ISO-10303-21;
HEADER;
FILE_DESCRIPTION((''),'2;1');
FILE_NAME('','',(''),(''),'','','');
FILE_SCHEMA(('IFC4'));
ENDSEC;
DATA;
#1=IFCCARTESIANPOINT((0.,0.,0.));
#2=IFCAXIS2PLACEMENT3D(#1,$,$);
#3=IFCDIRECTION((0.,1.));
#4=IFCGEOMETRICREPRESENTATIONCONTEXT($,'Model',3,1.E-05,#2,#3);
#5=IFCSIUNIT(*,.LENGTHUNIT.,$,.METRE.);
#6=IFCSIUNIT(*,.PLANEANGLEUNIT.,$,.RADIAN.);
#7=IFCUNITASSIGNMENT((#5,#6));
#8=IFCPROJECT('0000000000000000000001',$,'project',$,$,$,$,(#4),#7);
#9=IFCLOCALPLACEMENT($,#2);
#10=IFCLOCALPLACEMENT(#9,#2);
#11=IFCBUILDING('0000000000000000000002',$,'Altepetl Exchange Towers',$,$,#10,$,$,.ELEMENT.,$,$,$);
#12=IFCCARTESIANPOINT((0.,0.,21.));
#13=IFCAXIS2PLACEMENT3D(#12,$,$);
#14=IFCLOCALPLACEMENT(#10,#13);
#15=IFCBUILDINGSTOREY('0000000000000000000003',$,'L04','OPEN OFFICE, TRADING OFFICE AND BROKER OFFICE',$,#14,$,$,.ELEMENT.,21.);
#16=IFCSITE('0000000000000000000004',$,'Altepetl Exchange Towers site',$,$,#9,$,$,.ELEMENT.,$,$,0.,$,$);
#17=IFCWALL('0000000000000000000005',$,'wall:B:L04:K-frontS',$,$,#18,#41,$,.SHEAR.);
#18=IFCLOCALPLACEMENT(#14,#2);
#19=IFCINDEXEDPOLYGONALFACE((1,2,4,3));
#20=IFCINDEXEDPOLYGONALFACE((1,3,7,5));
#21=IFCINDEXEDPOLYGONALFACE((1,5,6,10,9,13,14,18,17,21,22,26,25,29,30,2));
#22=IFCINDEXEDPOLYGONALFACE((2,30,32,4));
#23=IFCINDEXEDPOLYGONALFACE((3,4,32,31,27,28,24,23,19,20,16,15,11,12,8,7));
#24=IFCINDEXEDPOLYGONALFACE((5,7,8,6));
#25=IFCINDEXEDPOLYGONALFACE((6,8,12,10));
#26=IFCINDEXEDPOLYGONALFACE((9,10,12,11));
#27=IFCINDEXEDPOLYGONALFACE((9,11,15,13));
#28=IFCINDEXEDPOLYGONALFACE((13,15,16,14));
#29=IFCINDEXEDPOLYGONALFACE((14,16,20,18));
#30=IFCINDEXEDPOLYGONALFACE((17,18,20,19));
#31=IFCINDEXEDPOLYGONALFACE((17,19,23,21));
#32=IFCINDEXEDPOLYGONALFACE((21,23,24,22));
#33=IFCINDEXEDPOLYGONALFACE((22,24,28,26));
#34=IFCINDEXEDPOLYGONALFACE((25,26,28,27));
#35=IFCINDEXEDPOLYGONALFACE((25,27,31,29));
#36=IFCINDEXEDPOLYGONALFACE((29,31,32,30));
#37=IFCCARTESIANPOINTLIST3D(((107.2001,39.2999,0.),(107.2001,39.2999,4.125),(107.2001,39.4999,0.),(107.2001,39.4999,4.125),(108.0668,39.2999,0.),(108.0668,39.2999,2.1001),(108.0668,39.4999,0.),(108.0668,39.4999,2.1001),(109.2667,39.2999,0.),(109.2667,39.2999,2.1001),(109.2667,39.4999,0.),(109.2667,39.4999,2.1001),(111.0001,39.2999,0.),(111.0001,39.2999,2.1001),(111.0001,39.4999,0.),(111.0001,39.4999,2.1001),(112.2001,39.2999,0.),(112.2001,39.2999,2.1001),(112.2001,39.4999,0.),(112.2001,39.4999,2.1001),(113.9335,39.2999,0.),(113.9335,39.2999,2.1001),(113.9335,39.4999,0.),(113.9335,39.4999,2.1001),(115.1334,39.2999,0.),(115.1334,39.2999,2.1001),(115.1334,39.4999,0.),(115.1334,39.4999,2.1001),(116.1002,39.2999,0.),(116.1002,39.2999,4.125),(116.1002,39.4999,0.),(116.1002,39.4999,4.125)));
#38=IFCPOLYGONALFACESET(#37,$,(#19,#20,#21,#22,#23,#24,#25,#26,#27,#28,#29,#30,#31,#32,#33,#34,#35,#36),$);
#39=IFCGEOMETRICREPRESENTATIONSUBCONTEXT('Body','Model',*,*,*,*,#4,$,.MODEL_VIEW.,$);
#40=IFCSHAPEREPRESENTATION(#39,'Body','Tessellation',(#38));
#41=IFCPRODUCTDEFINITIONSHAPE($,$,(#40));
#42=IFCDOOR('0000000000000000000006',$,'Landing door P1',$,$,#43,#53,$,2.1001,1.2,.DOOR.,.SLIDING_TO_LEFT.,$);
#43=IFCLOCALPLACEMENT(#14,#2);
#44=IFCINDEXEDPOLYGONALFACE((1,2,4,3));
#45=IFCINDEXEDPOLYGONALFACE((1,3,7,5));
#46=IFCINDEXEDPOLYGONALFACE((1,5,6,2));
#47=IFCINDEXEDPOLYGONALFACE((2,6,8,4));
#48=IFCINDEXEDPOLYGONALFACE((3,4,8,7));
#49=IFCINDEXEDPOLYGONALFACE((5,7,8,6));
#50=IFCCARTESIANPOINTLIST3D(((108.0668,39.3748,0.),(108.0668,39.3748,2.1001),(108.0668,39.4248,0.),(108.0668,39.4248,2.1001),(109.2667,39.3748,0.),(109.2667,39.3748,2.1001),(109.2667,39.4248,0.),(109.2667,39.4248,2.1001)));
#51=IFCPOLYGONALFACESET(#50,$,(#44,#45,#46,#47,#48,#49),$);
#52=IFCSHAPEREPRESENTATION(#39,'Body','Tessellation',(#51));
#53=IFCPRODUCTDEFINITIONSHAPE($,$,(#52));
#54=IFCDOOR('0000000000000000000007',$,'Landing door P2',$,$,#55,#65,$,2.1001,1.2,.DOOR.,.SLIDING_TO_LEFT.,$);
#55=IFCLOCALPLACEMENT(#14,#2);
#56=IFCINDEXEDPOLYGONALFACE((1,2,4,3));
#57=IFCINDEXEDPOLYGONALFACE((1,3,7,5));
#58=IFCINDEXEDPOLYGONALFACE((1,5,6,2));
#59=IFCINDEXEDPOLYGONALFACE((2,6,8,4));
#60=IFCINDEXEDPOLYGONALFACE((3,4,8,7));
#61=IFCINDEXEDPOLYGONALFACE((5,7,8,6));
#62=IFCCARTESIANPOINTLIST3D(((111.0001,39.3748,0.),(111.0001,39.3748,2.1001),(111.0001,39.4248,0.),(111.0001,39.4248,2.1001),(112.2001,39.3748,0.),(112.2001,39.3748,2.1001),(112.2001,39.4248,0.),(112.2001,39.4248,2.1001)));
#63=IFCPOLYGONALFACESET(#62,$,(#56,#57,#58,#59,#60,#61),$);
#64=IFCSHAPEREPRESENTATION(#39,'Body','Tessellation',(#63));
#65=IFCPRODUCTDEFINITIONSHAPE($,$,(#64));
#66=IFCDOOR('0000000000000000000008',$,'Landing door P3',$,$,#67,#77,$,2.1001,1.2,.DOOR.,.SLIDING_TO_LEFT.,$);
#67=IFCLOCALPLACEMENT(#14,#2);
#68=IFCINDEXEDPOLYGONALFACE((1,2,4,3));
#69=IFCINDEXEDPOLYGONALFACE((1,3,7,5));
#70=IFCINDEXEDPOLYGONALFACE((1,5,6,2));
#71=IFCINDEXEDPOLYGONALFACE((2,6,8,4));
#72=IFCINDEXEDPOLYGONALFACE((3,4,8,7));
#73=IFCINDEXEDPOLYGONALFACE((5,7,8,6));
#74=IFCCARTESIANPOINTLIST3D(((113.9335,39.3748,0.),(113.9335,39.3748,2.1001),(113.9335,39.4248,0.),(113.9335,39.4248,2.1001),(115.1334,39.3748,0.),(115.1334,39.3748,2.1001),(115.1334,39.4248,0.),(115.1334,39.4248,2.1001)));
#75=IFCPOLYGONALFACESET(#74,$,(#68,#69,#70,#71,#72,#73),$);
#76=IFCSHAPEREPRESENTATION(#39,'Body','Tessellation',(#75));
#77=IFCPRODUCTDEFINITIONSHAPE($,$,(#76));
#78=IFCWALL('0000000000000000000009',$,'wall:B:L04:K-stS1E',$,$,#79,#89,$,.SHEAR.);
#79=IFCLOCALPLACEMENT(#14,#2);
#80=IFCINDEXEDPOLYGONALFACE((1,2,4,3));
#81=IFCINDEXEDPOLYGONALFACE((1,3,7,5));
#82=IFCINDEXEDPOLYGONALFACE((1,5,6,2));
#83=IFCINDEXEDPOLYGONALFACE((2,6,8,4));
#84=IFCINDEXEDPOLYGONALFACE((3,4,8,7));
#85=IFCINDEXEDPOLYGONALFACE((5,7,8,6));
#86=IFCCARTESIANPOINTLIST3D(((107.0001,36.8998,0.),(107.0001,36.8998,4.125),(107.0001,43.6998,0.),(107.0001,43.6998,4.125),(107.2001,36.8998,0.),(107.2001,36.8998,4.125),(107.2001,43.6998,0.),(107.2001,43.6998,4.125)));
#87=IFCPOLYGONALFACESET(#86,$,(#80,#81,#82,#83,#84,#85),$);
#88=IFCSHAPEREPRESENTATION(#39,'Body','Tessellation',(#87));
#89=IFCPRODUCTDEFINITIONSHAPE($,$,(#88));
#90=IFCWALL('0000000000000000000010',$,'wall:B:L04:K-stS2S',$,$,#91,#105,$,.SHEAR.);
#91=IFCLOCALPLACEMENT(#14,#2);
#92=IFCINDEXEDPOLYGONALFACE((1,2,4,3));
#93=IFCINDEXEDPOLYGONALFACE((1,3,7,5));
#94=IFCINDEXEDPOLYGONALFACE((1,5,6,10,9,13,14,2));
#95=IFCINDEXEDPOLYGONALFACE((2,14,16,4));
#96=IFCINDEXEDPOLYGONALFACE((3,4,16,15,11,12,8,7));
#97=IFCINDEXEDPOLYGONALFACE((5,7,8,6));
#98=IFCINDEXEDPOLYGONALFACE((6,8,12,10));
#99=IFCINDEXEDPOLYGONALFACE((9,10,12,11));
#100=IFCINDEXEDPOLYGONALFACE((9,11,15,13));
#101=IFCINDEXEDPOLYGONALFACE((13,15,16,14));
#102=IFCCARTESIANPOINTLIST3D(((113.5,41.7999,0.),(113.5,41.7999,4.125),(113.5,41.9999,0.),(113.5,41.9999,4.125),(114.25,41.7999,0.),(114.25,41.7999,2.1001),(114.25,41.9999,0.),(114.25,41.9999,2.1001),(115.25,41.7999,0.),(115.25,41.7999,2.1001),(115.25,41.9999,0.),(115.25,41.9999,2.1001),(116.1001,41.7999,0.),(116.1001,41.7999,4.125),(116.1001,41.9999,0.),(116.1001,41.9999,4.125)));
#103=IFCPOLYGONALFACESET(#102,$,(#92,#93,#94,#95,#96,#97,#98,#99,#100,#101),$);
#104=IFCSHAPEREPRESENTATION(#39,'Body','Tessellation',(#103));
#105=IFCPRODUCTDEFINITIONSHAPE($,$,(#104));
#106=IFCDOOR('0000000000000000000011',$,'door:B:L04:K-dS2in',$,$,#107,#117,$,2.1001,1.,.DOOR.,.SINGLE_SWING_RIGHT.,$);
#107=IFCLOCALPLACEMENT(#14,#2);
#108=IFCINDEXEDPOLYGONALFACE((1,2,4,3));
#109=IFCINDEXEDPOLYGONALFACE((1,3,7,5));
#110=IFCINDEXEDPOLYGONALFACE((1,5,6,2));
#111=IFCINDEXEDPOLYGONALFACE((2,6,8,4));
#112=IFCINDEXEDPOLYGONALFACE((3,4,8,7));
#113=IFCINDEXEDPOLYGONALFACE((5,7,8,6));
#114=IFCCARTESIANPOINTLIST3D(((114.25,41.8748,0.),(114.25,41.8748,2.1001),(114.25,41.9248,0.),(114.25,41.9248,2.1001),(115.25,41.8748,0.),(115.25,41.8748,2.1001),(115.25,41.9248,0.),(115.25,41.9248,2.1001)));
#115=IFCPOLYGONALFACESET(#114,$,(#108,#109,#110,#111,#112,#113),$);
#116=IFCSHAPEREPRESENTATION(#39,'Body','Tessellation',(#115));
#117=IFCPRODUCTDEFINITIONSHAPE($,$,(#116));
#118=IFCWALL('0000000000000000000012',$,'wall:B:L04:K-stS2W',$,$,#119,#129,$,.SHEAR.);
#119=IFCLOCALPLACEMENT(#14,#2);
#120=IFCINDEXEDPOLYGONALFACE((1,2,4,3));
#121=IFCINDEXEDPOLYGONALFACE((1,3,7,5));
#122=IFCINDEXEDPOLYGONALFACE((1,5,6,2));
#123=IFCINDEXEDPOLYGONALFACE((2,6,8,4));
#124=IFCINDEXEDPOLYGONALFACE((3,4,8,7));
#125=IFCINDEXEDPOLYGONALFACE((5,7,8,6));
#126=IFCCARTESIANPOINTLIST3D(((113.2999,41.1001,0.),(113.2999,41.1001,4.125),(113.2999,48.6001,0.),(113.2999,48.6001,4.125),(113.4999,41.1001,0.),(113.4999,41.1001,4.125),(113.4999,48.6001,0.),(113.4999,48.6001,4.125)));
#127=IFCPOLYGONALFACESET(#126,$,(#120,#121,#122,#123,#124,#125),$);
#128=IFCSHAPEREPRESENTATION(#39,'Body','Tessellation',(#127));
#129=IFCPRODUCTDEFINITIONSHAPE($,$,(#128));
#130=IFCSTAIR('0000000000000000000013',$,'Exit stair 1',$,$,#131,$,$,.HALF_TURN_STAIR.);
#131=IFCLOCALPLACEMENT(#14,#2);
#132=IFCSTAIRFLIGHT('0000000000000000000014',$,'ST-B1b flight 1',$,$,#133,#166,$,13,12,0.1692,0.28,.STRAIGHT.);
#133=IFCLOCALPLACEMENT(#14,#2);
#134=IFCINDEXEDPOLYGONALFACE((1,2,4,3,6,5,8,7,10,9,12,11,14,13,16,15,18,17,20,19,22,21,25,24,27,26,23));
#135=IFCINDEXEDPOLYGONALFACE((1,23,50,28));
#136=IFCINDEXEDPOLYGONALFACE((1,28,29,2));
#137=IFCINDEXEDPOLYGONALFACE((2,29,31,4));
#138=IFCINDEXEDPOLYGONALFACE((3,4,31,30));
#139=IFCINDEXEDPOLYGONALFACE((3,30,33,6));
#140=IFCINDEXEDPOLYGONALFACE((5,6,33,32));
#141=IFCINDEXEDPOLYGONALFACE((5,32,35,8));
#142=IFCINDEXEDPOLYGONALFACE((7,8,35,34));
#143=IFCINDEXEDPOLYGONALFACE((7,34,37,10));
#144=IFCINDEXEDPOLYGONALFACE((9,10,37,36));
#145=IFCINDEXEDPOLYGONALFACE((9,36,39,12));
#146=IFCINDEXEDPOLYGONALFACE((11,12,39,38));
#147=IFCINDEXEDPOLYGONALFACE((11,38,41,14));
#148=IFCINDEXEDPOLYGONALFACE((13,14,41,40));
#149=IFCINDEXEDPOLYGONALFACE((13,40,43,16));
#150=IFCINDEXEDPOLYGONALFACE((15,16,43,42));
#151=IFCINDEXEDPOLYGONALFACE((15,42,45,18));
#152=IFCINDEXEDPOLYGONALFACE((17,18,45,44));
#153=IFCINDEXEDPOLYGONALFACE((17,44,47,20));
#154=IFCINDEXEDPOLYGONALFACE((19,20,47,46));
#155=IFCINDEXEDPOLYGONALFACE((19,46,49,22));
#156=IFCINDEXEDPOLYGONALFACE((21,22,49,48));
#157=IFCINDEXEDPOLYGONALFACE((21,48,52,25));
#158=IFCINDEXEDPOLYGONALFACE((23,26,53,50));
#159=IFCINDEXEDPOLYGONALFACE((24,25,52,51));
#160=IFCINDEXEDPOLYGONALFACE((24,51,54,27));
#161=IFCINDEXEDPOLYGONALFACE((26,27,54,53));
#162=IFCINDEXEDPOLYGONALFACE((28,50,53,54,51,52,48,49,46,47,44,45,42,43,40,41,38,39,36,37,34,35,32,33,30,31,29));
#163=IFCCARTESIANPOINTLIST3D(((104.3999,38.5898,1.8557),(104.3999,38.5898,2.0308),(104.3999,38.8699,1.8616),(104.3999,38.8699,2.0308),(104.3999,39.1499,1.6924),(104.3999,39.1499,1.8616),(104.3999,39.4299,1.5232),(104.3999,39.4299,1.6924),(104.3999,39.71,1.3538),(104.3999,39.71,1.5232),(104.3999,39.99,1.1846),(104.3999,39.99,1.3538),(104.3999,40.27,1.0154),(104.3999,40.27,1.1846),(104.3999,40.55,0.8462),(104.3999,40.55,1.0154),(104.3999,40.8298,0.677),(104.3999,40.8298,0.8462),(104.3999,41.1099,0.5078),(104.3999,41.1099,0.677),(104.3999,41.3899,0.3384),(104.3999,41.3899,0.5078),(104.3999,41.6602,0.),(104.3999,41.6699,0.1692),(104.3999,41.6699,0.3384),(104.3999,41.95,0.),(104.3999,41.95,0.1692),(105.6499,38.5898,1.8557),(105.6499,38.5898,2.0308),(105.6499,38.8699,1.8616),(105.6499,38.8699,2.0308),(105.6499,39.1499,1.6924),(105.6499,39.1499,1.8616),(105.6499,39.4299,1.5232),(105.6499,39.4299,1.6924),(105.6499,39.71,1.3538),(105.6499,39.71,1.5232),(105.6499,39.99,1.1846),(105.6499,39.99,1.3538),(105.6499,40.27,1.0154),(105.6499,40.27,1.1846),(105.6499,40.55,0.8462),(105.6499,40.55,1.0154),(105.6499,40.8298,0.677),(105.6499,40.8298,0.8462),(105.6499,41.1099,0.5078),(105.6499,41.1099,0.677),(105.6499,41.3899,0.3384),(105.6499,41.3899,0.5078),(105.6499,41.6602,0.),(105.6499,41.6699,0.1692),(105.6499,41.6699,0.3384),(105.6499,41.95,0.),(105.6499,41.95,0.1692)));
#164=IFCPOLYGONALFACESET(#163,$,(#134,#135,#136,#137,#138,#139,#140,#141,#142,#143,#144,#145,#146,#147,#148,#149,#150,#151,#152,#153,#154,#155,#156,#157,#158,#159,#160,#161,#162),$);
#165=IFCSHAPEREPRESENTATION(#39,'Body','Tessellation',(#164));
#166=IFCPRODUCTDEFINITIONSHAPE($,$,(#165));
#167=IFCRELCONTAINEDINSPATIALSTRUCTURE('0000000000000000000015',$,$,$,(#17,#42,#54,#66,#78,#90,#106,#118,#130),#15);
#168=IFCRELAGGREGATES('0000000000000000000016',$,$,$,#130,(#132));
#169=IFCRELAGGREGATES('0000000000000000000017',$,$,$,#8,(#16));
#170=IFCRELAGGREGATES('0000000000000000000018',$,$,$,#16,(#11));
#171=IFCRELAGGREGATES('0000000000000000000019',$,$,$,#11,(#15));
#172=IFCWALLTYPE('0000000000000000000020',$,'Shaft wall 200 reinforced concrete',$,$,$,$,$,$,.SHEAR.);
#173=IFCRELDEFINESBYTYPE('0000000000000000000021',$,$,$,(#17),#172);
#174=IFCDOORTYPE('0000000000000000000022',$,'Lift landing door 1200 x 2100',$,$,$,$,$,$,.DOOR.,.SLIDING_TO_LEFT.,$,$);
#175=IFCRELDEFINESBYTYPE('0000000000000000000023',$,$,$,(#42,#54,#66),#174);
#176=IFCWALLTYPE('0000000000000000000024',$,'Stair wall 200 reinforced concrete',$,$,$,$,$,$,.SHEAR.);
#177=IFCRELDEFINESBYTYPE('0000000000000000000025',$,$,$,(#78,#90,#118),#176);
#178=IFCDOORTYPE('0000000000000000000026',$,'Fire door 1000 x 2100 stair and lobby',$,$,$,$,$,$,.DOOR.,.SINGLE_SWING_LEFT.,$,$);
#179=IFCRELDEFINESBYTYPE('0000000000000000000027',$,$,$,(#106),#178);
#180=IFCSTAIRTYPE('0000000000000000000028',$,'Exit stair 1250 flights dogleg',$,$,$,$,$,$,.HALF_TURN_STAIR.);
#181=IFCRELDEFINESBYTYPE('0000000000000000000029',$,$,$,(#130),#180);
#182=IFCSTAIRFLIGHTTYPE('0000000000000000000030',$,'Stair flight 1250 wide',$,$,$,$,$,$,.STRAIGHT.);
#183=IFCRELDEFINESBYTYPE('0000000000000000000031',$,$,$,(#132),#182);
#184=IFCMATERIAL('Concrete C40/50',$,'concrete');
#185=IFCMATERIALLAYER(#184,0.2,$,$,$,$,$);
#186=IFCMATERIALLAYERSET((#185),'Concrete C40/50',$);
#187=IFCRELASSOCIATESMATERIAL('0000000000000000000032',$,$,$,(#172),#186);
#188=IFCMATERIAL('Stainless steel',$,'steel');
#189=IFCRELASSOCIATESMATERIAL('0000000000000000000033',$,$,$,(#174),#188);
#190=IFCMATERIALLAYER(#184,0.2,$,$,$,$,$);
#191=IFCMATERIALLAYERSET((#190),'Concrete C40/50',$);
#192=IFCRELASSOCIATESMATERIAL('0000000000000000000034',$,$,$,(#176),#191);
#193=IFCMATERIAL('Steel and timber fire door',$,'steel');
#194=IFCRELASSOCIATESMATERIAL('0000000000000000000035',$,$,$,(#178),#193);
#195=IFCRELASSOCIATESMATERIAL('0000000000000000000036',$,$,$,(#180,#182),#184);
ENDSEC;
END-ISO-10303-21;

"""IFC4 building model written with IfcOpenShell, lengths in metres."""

from ifc_helpers import new_model, si_unit, direction, frame, frame_2d, origin, place, context, subcontext, project, spatial, polyline, rectangle, outline, extrude, material, layer, layer_set, type_object, element, fill, aggregate, save


model = new_model("IFC4")

# Units and contexts
model_context = context("Model", 3, precision=1e-05, world=origin(), true_north=direction((0.0, 1.0)))
body_context = subcontext(model_context, "Body", "Model", "MODEL_VIEW")
ifc_project = project(units=[si_unit("LENGTHUNIT", "METRE"), si_unit("PLANEANGLEUNIT", "RADIAN")], contexts=[model_context])

# Site, building, storey
site_placement = place(None, origin())
site = spatial("IfcSite", under=ifc_project, at=site_placement, Name="Altepetl Exchange Towers site", CompositionType="ELEMENT", RefElevation=0.0)
building_placement = place(site_placement, origin())
building = spatial("IfcBuilding", under=site, at=building_placement, Name="Altepetl Exchange Towers", CompositionType="ELEMENT")
storey_placement = place(building_placement, frame((0.0, 0.0, 21.0)))
storey = spatial("IfcBuildingStorey", under=building, at=storey_placement, Name="L04", Description="OPEN OFFICE, TRADING OFFICE AND BROKER OFFICE", CompositionType="ELEMENT", Elevation=21.0)

# Shared definitions
ifc_material_1 = material(Name="Steel and timber fire door", Category="steel")

# Shared definitions
ifc_material_2 = material(Name="Concrete C40/50", Category="concrete")
ifc_layer_1 = layer(ifc_material_2, 0.2)
ifc_layer_set_1 = layer_set([ifc_layer_1], Name="Concrete C40/50")
wall_type_1 = type_object("IfcWallType", Name="Shaft wall 200 reinforced concrete", PredefinedType="SHEAR", material=ifc_layer_set_1)

# Wall, openings, doors
wall_1_placement = place(storey_placement, frame((107.2, 39.3999, 0.0)))
wall_1 = element("IfcWall", 1, at=wall_1_placement, inside=storey, type_object=wall_type_1, Name="wall:B:L04:K-frontS", PredefinedType="SHEAR", context=body_context, shape_type="SweptSolid", body=[
    extrude(rectangle(XDim=8.9001, YDim=0.2, at=frame_2d((4.4502, 0.0))), origin(), (0.0, 0.0, 1.0), 4.125),
])
opening_1_placement = place(wall_1_placement, frame((0.8667, 0.0, 0.0)))
opening_1 = element("IfcOpeningElement", 2, at=opening_1_placement, cuts=wall_1, PredefinedType="OPENING", context=body_context, shape_type="SweptSolid", body=[
    extrude(rectangle(XDim=1.2, YDim=2.1001, at=frame_2d((0.6001, 1.05))), frame((0.0, 0.1099, 0.0), z_axis=(0.0, -1.0, 0.0), x_axis=(1.0, 0.0, 0.0)), (0.0, 0.0, 1.0), 0.22),
])
opening_2_placement = place(wall_1_placement, frame((3.8, 0.0, 0.0)))
opening_2 = element("IfcOpeningElement", 3, at=opening_2_placement, cuts=wall_1, PredefinedType="OPENING", context=body_context, shape_type="SweptSolid", body=[
    extrude(rectangle(XDim=1.2, YDim=2.1001, at=frame_2d((0.6001, 1.05))), frame((0.0, 0.1099, 0.0), z_axis=(0.0, -1.0, 0.0), x_axis=(1.0, 0.0, 0.0)), (0.0, 0.0, 1.0), 0.22),
])
opening_3_placement = place(wall_1_placement, frame((6.7334, 0.0, 0.0)))
opening_3 = element("IfcOpeningElement", 4, at=opening_3_placement, cuts=wall_1, PredefinedType="OPENING", context=body_context, shape_type="SweptSolid", body=[
    extrude(rectangle(XDim=1.2, YDim=2.1001, at=frame_2d((0.6001, 1.05))), frame((0.0, 0.1099, 0.0), z_axis=(0.0, -1.0, 0.0), x_axis=(1.0, 0.0, 0.0)), (0.0, 0.0, 1.0), 0.22),
])
ifc_material_3 = material(Name="Stainless steel", Category="steel")
door_type_1 = type_object("IfcDoorType", Name="Lift landing door 1200 x 2100", OperationType="SLIDING_TO_LEFT", PredefinedType="DOOR", material=ifc_material_3)
door_1_placement = place(opening_1_placement, origin())
door_1 = element("IfcDoor", 5, at=door_1_placement, inside=storey, type_object=door_type_1, Name="Landing door P1", OperationType="SLIDING_TO_LEFT", OverallHeight=2.1001, OverallWidth=1.2, PredefinedType="DOOR", context=body_context, shape_type="SweptSolid", body=[
    extrude(rectangle(XDim=1.2, YDim=2.1001, at=frame_2d((0.6001, 1.05))), frame((0.0, 0.0249, 0.0), z_axis=(0.0, -1.0, 0.0), x_axis=(1.0, 0.0, 0.0)), (0.0, 0.0, 1.0), 0.05),
])
fill(opening_1, door_1)
door_2_placement = place(opening_2_placement, origin())
door_2 = element("IfcDoor", 6, at=door_2_placement, inside=storey, type_object=door_type_1, Name="Landing door P2", OperationType="SLIDING_TO_LEFT", OverallHeight=2.1001, OverallWidth=1.2, PredefinedType="DOOR", context=body_context, shape_type="SweptSolid", body=[
    extrude(rectangle(XDim=1.2, YDim=2.1001, at=frame_2d((0.6001, 1.05))), frame((0.0, 0.0249, 0.0), z_axis=(0.0, -1.0, 0.0), x_axis=(1.0, 0.0, 0.0)), (0.0, 0.0, 1.0), 0.05),
])
fill(opening_2, door_2)
door_3_placement = place(opening_3_placement, origin())
door_3 = element("IfcDoor", 7, at=door_3_placement, inside=storey, type_object=door_type_1, Name="Landing door P3", OperationType="SLIDING_TO_LEFT", OverallHeight=2.1001, OverallWidth=1.2, PredefinedType="DOOR", context=body_context, shape_type="SweptSolid", body=[
    extrude(rectangle(XDim=1.2, YDim=2.1001, at=frame_2d((0.6001, 1.05))), frame((0.0, 0.0249, 0.0), z_axis=(0.0, -1.0, 0.0), x_axis=(1.0, 0.0, 0.0)), (0.0, 0.0, 1.0), 0.05),
])
fill(opening_3, door_3)

# Wall
ifc_layer_2 = layer(ifc_material_2, 0.2)
ifc_layer_set_2 = layer_set([ifc_layer_2], Name="Concrete C40/50")
wall_type_2 = type_object("IfcWallType", Name="Stair wall 200 reinforced concrete", PredefinedType="SHEAR", material=ifc_layer_set_2)
wall_2_placement = place(storey_placement, frame((107.1001, 36.8999, 0.0), z_axis=(0.0, 0.0, 1.0), x_axis=(0.0, 1.0, 0.0)))
element("IfcWall", 8, at=wall_2_placement, inside=storey, type_object=wall_type_2, Name="wall:B:L04:K-stS1E", PredefinedType="SHEAR", context=body_context, shape_type="SweptSolid", body=[
    extrude(rectangle(XDim=6.8, YDim=0.2, at=frame_2d((3.3999, 0.0))), origin(), (0.0, 0.0, 1.0), 4.125),
])

# Wall, opening, door
wall_3_placement = place(storey_placement, frame((113.5, 41.8999, 0.0)))
wall_3 = element("IfcWall", 9, at=wall_3_placement, inside=storey, type_object=wall_type_2, Name="wall:B:L04:K-stS2S", PredefinedType="SHEAR", context=body_context, shape_type="SweptSolid", body=[
    extrude(rectangle(XDim=2.6001, YDim=0.2, at=frame_2d((1.3, 0.0))), origin(), (0.0, 0.0, 1.0), 4.125),
])
opening_4_placement = place(wall_3_placement, frame((0.75, 0.0, 0.0)))
opening_4 = element("IfcOpeningElement", 10, at=opening_4_placement, cuts=wall_3, PredefinedType="OPENING", context=body_context, shape_type="SweptSolid", body=[
    extrude(rectangle(XDim=1.0, YDim=2.1001, at=frame_2d((0.5, 1.05))), frame((0.0, 0.1099, 0.0), z_axis=(0.0, -1.0, 0.0), x_axis=(1.0, 0.0, 0.0)), (0.0, 0.0, 1.0), 0.22),
])
door_type_2 = type_object("IfcDoorType", Name="Fire door 1000 x 2100 stair and lobby", OperationType="SINGLE_SWING_LEFT", PredefinedType="DOOR", material=ifc_material_1)
door_4_placement = place(opening_4_placement, origin())
door_4 = element("IfcDoor", 11, at=door_4_placement, inside=storey, type_object=door_type_2, Name="door:B:L04:K-dS2in", OperationType="SINGLE_SWING_RIGHT", OverallHeight=2.1001, OverallWidth=1.0, PredefinedType="DOOR", context=body_context, shape_type="SweptSolid", body=[
    extrude(rectangle(XDim=1.0, YDim=2.1001, at=frame_2d((0.5, 1.05))), frame((0.0, 0.0249, 0.0), z_axis=(0.0, -1.0, 0.0), x_axis=(1.0, 0.0, 0.0)), (0.0, 0.0, 1.0), 0.05),
])
fill(opening_4, door_4)

# Wall
wall_4_placement = place(storey_placement, frame((113.3999, 41.1001, 0.0), z_axis=(0.0, 0.0, 1.0), x_axis=(0.0, 1.0, 0.0)))
element("IfcWall", 12, at=wall_4_placement, inside=storey, type_object=wall_type_2, Name="wall:B:L04:K-stS2W", PredefinedType="SHEAR", context=body_context, shape_type="SweptSolid", body=[
    extrude(rectangle(XDim=7.5, YDim=0.2, at=frame_2d((3.75, 0.0))), origin(), (0.0, 0.0, 1.0), 4.125),
])

# Stair, stair flight
stair_type = type_object("IfcStairType", Name="Exit stair 1250 flights dogleg", PredefinedType="HALF_TURN_STAIR", material=ifc_material_2)
stair_placement = place(storey_placement, origin())
stair = element("IfcStair", 13, at=stair_placement, inside=storey, type_object=stair_type, Name="Exit stair 1", PredefinedType="HALF_TURN_STAIR")
stair_flight_type = type_object("IfcStairFlightType", Name="Stair flight 1250 wide", PredefinedType="STRAIGHT", material=ifc_material_2)
stair_flight_1_placement = place(storey_placement, frame((105.0249, 41.95, 0.0), z_axis=(0.0, 0.0, 1.0), x_axis=(0.0, -1.0, 0.0)))
stair_flight_1 = element("IfcStairFlight", 14, at=stair_flight_1_placement, type_object=stair_flight_type, Name="ST-B1b flight 1", NumberOfRisers=13, NumberOfTreads=12, PredefinedType="STRAIGHT", RiserHeight=0.1692, TreadLength=0.28, context=body_context, shape_type="SweptSolid", body=[
    extrude(outline(polyline([(0.0, 0.0), (0.0, 0.1692), (0.28, 0.1692), (0.28, 0.3384), (0.5601, 0.3384), (0.5601, 0.5078), (0.8401, 0.5078), (0.8401, 0.677), (1.1201, 0.677), (1.1201, 0.8462), (1.3999, 0.8462), (1.3999, 1.0154), (1.6799, 1.0154), (1.6799, 1.1846), (1.96, 1.1846), (1.96, 1.3538), (2.24, 1.3538), (2.24, 1.5232), (2.52, 1.5232), (2.52, 1.6924), (2.8, 1.6924), (2.8, 1.8616), (3.0801, 1.8616), (3.0801, 2.0308), (3.3601, 2.0308), (3.3601, 2.2), (3.3601, 1.8557), (0.2898, 0.0), (0.0, 0.0)])), frame((0.0, 0.625, 0.0), z_axis=(0.0, -1.0, 0.0), x_axis=(1.0, 0.0, 0.0)), (0.0, 0.0, 1.0), 1.25),
])
aggregate(stair, [stair_flight_1])

save(model, "model.ifc")
